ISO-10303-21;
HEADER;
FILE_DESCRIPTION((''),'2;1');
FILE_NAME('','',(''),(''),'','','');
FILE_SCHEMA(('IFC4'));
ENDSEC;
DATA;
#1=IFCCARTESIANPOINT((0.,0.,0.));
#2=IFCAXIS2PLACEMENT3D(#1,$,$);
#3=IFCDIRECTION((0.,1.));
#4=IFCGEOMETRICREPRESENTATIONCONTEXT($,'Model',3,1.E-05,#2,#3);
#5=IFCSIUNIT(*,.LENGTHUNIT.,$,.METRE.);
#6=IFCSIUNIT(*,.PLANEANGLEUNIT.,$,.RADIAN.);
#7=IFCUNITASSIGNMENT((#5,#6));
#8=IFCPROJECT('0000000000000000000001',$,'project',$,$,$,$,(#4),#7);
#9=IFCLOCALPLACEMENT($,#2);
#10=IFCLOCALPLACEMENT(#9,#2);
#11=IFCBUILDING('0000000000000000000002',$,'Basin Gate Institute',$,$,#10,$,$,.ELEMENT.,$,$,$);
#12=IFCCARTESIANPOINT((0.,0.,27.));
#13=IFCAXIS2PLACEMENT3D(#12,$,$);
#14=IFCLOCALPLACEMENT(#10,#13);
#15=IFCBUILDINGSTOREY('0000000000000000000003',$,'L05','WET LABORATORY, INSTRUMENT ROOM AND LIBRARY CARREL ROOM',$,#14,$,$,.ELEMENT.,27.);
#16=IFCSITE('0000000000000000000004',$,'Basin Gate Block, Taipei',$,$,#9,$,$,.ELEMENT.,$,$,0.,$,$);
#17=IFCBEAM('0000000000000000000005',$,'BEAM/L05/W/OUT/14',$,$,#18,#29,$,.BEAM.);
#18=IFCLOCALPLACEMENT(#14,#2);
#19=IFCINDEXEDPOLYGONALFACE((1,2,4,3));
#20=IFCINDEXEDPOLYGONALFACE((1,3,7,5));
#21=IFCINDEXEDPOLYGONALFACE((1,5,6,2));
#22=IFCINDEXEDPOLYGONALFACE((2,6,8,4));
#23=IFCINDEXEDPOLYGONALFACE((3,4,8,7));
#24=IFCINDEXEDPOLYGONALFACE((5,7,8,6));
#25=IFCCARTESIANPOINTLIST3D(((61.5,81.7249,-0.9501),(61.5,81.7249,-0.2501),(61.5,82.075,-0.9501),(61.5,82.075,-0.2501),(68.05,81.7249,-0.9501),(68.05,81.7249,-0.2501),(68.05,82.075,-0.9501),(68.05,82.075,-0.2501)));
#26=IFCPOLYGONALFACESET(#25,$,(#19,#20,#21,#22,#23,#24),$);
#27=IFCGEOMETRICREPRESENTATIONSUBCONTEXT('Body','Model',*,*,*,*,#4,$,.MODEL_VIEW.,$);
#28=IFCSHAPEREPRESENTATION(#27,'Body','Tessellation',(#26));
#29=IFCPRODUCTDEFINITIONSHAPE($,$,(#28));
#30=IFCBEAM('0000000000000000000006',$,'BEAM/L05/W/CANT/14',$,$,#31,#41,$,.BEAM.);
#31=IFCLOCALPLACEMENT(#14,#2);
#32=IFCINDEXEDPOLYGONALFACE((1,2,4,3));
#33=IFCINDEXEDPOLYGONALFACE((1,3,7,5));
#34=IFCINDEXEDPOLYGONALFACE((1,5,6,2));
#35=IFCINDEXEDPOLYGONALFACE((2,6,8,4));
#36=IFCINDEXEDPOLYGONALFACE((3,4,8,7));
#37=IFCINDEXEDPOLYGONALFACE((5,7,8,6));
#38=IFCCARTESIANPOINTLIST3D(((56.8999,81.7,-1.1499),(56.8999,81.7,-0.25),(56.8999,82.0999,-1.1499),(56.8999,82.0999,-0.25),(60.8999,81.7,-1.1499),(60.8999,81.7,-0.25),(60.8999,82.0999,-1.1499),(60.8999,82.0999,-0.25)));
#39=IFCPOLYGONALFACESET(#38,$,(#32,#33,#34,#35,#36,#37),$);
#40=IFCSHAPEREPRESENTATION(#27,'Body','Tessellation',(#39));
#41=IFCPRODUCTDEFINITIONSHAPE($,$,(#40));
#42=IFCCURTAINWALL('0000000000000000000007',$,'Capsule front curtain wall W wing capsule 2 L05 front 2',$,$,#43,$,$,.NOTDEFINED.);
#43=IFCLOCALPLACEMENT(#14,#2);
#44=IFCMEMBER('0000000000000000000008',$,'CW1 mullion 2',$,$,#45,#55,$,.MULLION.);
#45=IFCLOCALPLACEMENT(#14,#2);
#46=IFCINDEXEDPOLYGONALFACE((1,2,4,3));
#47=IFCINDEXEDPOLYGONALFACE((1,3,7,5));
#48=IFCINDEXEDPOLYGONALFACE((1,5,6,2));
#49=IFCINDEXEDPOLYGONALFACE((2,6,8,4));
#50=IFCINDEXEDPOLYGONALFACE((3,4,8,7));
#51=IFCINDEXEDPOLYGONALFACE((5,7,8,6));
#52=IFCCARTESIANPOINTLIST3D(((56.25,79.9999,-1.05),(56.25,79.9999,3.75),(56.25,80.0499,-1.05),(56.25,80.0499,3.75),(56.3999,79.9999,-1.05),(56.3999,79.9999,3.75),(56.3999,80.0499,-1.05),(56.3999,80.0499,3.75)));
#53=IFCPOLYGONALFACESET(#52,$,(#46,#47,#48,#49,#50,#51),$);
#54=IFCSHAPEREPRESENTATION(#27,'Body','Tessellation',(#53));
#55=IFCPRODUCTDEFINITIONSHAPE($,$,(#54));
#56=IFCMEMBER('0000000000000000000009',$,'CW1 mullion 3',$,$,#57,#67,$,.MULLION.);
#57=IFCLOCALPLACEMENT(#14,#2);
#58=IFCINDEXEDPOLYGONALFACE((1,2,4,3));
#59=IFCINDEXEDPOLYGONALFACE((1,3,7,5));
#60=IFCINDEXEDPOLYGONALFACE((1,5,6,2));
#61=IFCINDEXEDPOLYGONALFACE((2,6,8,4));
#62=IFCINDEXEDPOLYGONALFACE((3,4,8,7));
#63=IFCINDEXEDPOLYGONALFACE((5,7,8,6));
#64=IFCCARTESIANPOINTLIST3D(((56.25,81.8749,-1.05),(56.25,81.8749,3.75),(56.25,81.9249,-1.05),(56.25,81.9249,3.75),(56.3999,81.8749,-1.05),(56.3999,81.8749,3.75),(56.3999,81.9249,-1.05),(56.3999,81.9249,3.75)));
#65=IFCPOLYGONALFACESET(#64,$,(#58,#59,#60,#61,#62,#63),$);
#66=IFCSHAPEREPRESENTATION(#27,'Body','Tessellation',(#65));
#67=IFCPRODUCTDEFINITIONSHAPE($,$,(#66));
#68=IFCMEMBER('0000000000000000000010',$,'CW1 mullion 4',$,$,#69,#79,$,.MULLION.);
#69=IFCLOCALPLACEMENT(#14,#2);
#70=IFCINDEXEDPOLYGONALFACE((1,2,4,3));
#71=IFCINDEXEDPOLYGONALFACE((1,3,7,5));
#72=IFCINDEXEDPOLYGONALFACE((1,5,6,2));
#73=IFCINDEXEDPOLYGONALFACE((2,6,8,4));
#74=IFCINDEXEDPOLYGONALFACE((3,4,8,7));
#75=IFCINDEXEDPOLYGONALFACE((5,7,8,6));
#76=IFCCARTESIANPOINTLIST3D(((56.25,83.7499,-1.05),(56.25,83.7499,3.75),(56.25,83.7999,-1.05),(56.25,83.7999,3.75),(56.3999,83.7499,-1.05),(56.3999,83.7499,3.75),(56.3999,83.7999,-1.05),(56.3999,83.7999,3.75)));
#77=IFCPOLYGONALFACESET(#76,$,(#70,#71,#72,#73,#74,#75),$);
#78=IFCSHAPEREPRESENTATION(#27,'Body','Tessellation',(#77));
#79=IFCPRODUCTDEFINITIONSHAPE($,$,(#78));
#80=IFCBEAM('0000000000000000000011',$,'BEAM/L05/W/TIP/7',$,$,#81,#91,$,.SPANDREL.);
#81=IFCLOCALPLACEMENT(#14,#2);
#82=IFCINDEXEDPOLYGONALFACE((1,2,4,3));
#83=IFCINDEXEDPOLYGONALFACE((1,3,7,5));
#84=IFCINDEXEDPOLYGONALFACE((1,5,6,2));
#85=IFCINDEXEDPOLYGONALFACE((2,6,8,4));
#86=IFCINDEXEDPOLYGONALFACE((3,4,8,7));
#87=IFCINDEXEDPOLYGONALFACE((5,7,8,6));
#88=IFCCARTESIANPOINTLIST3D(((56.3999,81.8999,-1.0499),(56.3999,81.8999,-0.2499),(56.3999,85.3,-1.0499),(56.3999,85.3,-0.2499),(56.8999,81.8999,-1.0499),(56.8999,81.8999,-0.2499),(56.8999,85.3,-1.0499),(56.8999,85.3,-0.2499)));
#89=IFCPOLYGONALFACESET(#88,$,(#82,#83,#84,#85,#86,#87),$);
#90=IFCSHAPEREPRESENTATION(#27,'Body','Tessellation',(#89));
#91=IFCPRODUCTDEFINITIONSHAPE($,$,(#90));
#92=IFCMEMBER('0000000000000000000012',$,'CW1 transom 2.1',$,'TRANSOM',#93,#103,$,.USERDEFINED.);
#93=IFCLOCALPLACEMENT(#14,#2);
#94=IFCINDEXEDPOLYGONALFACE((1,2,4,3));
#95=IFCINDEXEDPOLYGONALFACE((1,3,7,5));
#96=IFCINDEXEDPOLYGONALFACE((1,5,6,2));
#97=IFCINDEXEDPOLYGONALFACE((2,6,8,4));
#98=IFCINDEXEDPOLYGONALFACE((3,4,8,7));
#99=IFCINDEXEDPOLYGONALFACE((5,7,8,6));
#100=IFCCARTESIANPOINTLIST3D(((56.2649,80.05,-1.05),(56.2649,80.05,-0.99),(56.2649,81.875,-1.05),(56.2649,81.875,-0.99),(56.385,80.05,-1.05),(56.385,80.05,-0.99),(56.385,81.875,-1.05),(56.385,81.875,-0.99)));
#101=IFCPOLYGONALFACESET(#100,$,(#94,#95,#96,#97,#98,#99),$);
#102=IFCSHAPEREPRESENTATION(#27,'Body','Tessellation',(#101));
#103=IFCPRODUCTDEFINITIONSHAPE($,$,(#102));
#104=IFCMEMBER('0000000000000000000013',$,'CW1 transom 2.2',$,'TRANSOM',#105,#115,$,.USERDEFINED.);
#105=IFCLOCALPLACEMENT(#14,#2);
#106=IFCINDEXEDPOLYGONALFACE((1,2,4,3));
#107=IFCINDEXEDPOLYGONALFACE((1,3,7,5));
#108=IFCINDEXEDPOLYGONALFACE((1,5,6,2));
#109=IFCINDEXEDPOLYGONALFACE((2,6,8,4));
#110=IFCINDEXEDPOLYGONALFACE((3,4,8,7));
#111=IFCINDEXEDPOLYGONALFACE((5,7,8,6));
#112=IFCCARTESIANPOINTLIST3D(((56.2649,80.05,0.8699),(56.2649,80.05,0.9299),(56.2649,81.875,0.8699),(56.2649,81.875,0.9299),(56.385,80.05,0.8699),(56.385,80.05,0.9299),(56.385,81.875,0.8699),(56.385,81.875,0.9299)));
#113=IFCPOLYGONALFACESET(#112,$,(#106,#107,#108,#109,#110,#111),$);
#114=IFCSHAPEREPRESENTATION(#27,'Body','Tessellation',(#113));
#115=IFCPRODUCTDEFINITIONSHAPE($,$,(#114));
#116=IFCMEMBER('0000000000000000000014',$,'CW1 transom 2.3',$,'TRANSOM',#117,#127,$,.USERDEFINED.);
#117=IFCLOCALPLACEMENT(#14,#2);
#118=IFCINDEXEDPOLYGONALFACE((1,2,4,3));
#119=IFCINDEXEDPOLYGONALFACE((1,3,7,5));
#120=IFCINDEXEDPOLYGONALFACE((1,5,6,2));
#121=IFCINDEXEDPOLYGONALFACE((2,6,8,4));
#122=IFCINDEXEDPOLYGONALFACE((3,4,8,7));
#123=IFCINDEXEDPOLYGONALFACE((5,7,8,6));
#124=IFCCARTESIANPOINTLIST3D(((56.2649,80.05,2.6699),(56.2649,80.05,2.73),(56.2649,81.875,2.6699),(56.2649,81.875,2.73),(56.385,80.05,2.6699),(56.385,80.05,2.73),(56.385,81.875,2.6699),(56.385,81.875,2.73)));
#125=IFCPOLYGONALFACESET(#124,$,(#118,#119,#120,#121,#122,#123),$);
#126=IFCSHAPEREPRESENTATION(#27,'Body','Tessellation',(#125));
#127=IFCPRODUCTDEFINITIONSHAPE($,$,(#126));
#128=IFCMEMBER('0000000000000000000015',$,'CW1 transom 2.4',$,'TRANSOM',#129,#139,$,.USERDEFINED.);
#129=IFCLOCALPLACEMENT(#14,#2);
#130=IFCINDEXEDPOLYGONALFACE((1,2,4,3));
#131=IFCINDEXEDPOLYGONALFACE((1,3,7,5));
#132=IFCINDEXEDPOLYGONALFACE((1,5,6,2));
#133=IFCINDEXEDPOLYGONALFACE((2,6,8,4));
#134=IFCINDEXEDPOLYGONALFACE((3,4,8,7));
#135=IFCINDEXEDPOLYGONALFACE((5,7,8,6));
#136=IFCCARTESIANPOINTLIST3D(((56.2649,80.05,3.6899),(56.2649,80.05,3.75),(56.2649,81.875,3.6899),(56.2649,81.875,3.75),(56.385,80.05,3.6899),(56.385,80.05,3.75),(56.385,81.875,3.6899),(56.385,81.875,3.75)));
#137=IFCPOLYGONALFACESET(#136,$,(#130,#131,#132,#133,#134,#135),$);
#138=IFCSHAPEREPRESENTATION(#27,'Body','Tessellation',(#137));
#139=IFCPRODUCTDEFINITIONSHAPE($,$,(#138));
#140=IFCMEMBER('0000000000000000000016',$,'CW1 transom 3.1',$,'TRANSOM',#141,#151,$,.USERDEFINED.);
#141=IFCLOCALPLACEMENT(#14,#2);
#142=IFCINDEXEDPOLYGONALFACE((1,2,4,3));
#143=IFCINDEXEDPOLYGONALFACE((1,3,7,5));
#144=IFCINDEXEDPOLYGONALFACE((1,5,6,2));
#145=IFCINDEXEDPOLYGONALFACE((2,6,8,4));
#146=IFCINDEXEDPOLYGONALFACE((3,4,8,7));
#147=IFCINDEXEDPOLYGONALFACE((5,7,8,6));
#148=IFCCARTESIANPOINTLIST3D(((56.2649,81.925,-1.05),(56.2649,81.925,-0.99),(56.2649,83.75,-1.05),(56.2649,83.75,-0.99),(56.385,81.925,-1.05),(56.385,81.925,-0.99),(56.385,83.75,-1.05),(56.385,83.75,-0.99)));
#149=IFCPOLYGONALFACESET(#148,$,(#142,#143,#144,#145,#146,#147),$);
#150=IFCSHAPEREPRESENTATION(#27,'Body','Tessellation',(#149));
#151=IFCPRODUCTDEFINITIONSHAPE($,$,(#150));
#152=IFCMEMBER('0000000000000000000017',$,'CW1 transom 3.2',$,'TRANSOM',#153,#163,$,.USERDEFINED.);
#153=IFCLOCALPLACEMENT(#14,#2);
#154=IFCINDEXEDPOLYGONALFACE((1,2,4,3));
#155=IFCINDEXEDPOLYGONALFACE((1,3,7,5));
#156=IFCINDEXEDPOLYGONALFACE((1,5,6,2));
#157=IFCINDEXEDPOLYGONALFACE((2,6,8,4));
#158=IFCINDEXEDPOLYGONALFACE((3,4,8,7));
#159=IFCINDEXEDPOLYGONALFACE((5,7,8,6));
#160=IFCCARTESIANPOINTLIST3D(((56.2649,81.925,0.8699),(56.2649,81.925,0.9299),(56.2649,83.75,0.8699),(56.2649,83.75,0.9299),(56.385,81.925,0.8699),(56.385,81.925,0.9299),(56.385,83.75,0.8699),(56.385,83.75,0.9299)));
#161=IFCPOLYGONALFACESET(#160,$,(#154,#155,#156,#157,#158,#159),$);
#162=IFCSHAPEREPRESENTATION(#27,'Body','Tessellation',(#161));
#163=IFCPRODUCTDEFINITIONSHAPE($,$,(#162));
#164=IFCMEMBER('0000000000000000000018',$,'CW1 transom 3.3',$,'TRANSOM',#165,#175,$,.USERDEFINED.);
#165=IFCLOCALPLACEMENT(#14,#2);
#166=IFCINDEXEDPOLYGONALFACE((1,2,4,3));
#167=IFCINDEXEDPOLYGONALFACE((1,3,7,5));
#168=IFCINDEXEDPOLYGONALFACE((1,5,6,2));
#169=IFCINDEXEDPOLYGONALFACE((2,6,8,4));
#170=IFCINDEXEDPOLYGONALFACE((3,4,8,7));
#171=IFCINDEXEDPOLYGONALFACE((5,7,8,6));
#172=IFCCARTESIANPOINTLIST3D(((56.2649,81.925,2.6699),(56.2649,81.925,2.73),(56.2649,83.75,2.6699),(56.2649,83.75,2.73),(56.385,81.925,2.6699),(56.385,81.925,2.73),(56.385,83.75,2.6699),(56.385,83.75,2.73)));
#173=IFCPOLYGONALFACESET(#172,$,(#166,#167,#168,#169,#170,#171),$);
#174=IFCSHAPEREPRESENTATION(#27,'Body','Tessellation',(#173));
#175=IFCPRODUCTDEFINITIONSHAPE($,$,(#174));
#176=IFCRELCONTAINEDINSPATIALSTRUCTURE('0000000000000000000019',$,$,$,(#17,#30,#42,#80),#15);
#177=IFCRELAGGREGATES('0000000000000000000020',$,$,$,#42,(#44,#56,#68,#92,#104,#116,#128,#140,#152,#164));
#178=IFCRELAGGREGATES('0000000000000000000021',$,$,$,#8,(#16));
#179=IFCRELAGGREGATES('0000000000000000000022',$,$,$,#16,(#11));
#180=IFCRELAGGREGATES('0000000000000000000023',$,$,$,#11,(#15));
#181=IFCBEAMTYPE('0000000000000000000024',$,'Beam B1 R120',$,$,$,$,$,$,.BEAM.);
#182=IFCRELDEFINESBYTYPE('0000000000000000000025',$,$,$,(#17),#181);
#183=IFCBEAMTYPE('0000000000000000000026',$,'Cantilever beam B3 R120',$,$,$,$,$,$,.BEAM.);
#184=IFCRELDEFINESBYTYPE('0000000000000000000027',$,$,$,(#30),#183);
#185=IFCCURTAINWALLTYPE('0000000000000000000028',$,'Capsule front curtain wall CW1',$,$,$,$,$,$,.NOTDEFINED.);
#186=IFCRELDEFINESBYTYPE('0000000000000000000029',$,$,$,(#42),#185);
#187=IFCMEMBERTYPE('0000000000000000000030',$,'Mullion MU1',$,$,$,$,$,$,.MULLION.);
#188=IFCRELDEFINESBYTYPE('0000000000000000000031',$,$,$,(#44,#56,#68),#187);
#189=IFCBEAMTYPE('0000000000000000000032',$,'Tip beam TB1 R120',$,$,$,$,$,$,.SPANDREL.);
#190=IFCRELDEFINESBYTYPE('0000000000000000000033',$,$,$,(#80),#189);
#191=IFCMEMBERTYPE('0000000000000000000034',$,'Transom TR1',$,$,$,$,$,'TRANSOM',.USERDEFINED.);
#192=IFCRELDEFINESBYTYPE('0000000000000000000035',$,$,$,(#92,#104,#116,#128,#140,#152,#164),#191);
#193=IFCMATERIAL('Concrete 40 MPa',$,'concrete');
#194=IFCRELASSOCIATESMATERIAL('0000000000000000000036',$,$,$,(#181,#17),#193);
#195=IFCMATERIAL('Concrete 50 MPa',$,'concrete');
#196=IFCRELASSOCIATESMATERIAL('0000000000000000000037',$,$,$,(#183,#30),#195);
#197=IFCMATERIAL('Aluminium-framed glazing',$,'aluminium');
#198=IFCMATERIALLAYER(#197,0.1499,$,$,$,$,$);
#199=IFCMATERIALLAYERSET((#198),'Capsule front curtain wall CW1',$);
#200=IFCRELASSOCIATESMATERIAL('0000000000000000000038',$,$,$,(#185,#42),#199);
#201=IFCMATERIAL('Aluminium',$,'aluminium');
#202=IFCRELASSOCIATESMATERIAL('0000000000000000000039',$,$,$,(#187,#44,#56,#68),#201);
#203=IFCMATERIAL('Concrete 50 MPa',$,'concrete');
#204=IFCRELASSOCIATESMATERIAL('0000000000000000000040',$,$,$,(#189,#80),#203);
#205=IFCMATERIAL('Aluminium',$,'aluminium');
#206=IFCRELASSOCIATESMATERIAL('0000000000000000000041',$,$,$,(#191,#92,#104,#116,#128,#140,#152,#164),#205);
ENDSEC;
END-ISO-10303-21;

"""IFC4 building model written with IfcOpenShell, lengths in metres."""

from ifc_helpers import new_model, si_unit, direction, frame, origin, origin_2d, place, context, subcontext, project, spatial, rectangle, extrude, material, layer, layer_set, material_profile, profile_set, type_object, element, aggregate, save


model = new_model("IFC4")

# Units and contexts
model_context = context("Model", 3, precision=1e-05, world=origin(), true_north=direction((0.0, 1.0)))
body_context = subcontext(model_context, "Body", "Model", "MODEL_VIEW")
ifc_project = project(units=[si_unit("LENGTHUNIT", "METRE"), si_unit("PLANEANGLEUNIT", "RADIAN")], contexts=[model_context])

# Site, building, storey
site_placement = place(None, origin())
site = spatial("IfcSite", under=ifc_project, at=site_placement, Name="Basin Gate Block, Taipei", CompositionType="ELEMENT", RefElevation=0.0)
building_placement = place(site_placement, origin())
building = spatial("IfcBuilding", under=site, at=building_placement, Name="Basin Gate Institute", CompositionType="ELEMENT")
storey_placement = place(building_placement, frame((0.0, 0.0, 27.0)))
storey = spatial("IfcBuildingStorey", under=building, at=storey_placement, Name="L05", Description="WET LABORATORY, INSTRUMENT ROOM AND LIBRARY CARREL ROOM", CompositionType="ELEMENT", Elevation=27.0)

# Beams
ifc_material_1 = material(Name="Concrete 40 MPa", Category="concrete")
ifc_material_profile_1 = material_profile(ifc_material_1, rectangle(XDim=0.3501, YDim=0.7, at=origin_2d()), Name="Beam B1 350 x 700")
ifc_profile_set_1 = profile_set([ifc_material_profile_1], Name="Concrete 40 MPa")
beam_type_1 = type_object("IfcBeamType", Name="Beam B1 R120", PredefinedType="BEAM", material=ifc_profile_set_1)
beam_1_placement = place(storey_placement, frame((61.5, 81.8999, -0.6001), z_axis=(1.0, 0.0, 0.0), x_axis=(0.0, 1.0, 0.0)))
element("IfcBeam", 1, at=beam_1_placement, inside=storey, type_object=beam_type_1, material=ifc_profile_set_1, Name="BEAM/L05/W/OUT/14", PredefinedType="BEAM", context=body_context, shape_type="SweptSolid", body=[
    extrude(rectangle(XDim=0.3501, YDim=0.7, at=origin_2d()), origin(), (0.0, 0.0, 1.0), 6.55),
])
ifc_material_2 = material(Name="Concrete 50 MPa", Category="concrete")
ifc_material_profile_2 = material_profile(ifc_material_2, rectangle(XDim=0.3999, YDim=0.8999, at=origin_2d()), Name="Cantilever beam B3 400 x 900")
ifc_profile_set_2 = profile_set([ifc_material_profile_2], Name="Concrete 50 MPa")
beam_type_2 = type_object("IfcBeamType", Name="Cantilever beam B3 R120", PredefinedType="BEAM", material=ifc_profile_set_2)
beam_2_placement = place(storey_placement, frame((56.8999, 81.8999, -0.7), z_axis=(1.0, 0.0, 0.0), x_axis=(0.0, 1.0, 0.0)))
element("IfcBeam", 2, at=beam_2_placement, inside=storey, type_object=beam_type_2, material=ifc_profile_set_2, Name="BEAM/L05/W/CANT/14", PredefinedType="BEAM", context=body_context, shape_type="SweptSolid", body=[
    extrude(rectangle(XDim=0.3999, YDim=0.8999, at=origin_2d()), origin(), (0.0, 0.0, 1.0), 4.0),
])

# Curtain wall, members
ifc_material_3 = material(Name="Aluminium-framed glazing", Category="aluminium")
ifc_layer_1 = layer(ifc_material_3, 0.1499)
ifc_layer_set_1 = layer_set([ifc_layer_1], Name="Capsule front curtain wall CW1")
curtain_wall_type = type_object("IfcCurtainWallType", Name="Capsule front curtain wall CW1", PredefinedType="NOTDEFINED", material=ifc_layer_set_1)
curtain_wall_placement = place(storey_placement, origin())
curtain_wall = element("IfcCurtainWall", 3, at=curtain_wall_placement, inside=storey, type_object=curtain_wall_type, material=ifc_layer_set_1, Name="Capsule front curtain wall W wing capsule 2 L05 front 2", PredefinedType="NOTDEFINED")
ifc_material_4 = material(Name="Aluminium", Category="aluminium")
ifc_material_profile_3 = material_profile(ifc_material_4, rectangle(XDim=0.1499, YDim=0.05, at=origin_2d()), Name="Mullion MU1 150 x 50")
ifc_profile_set_3 = profile_set([ifc_material_profile_3], Name="Aluminium")
member_type_1 = type_object("IfcMemberType", Name="Mullion MU1", PredefinedType="MULLION", material=ifc_profile_set_3)
member_1_placement = place(storey_placement, frame((56.325, 80.0249, -1.05), z_axis=(0.0, 0.0, 1.0), x_axis=(-1.0, 0.0, 0.0)))
member_1 = element("IfcMember", 4, at=member_1_placement, type_object=member_type_1, material=ifc_profile_set_3, Name="CW1 mullion 2", PredefinedType="MULLION", context=body_context, shape_type="SweptSolid", body=[
    extrude(rectangle(XDim=0.1499, YDim=0.05, at=origin_2d()), origin(), (0.0, 0.0, 1.0), 4.8),
])
member_2_placement = place(storey_placement, frame((56.325, 81.8999, -1.05), z_axis=(0.0, 0.0, 1.0), x_axis=(-1.0, 0.0, 0.0)))
member_2 = element("IfcMember", 5, at=member_2_placement, type_object=member_type_1, material=ifc_profile_set_3, Name="CW1 mullion 3", PredefinedType="MULLION", context=body_context, shape_type="SweptSolid", body=[
    extrude(rectangle(XDim=0.1499, YDim=0.05, at=origin_2d()), origin(), (0.0, 0.0, 1.0), 4.8),
])
member_3_placement = place(storey_placement, frame((56.325, 83.7749, -1.05), z_axis=(0.0, 0.0, 1.0), x_axis=(-1.0, 0.0, 0.0)))
member_3 = element("IfcMember", 6, at=member_3_placement, type_object=member_type_1, material=ifc_profile_set_3, Name="CW1 mullion 4", PredefinedType="MULLION", context=body_context, shape_type="SweptSolid", body=[
    extrude(rectangle(XDim=0.1499, YDim=0.05, at=origin_2d()), origin(), (0.0, 0.0, 1.0), 4.8),
])

# Beam
ifc_material_5 = material(Name="Concrete 50 MPa", Category="concrete")
ifc_material_profile_4 = material_profile(ifc_material_5, rectangle(XDim=0.5, YDim=0.8, at=origin_2d()), Name="Tip beam TB1 500 x 800")
ifc_profile_set_4 = profile_set([ifc_material_profile_4], Name="Concrete 50 MPa")
beam_type_3 = type_object("IfcBeamType", Name="Tip beam TB1 R120", PredefinedType="SPANDREL", material=ifc_profile_set_4)
beam_3_placement = place(storey_placement, frame((56.6499, 81.8999, -0.6499), z_axis=(0.0, 1.0, 0.0), x_axis=(-1.0, 0.0, 0.0)))
element("IfcBeam", 7, at=beam_3_placement, inside=storey, type_object=beam_type_3, material=ifc_profile_set_4, Name="BEAM/L05/W/TIP/7", PredefinedType="SPANDREL", context=body_context, shape_type="SweptSolid", body=[
    extrude(rectangle(XDim=0.5, YDim=0.8, at=origin_2d()), origin(), (0.0, 0.0, 1.0), 3.4001),
])

# Members
ifc_material_6 = material(Name="Aluminium", Category="aluminium")
ifc_material_profile_5 = material_profile(ifc_material_6, rectangle(XDim=0.1201, YDim=0.0601, at=origin_2d()), Name="Transom TR1 120 x 60")
ifc_profile_set_5 = profile_set([ifc_material_profile_5], Name="Aluminium")
member_type_2 = type_object("IfcMemberType", Name="Transom TR1", ElementType="TRANSOM", PredefinedType="USERDEFINED", material=ifc_profile_set_5)
member_4_placement = place(storey_placement, frame((56.325, 80.05, -1.02), z_axis=(0.0, 1.0, 0.0), x_axis=(-1.0, 0.0, 0.0)))
member_4 = element("IfcMember", 8, at=member_4_placement, type_object=member_type_2, material=ifc_profile_set_5, Name="CW1 transom 2.1", ObjectType="TRANSOM", PredefinedType="USERDEFINED", context=body_context, shape_type="SweptSolid", body=[
    extrude(rectangle(XDim=0.1201, YDim=0.0601, at=origin_2d()), origin(), (0.0, 0.0, 1.0), 1.825),
])
member_5_placement = place(storey_placement, frame((56.325, 80.05, 0.8999), z_axis=(0.0, 1.0, 0.0), x_axis=(-1.0, 0.0, 0.0)))
member_5 = element("IfcMember", 9, at=member_5_placement, type_object=member_type_2, material=ifc_profile_set_5, Name="CW1 transom 2.2", ObjectType="TRANSOM", PredefinedType="USERDEFINED", context=body_context, shape_type="SweptSolid", body=[
    extrude(rectangle(XDim=0.1201, YDim=0.0601, at=origin_2d()), origin(), (0.0, 0.0, 1.0), 1.825),
])
member_6_placement = place(storey_placement, frame((56.325, 80.05, 2.7), z_axis=(0.0, 1.0, 0.0), x_axis=(-1.0, 0.0, 0.0)))
member_6 = element("IfcMember", 10, at=member_6_placement, type_object=member_type_2, material=ifc_profile_set_5, Name="CW1 transom 2.3", ObjectType="TRANSOM", PredefinedType="USERDEFINED", context=body_context, shape_type="SweptSolid", body=[
    extrude(rectangle(XDim=0.1201, YDim=0.0601, at=origin_2d()), origin(), (0.0, 0.0, 1.0), 1.825),
])
member_7_placement = place(storey_placement, frame((56.325, 80.05, 3.72), z_axis=(0.0, 1.0, 0.0), x_axis=(-1.0, 0.0, 0.0)))
member_7 = element("IfcMember", 11, at=member_7_placement, type_object=member_type_2, material=ifc_profile_set_5, Name="CW1 transom 2.4", ObjectType="TRANSOM", PredefinedType="USERDEFINED", context=body_context, shape_type="SweptSolid", body=[
    extrude(rectangle(XDim=0.1201, YDim=0.0601, at=origin_2d()), origin(), (0.0, 0.0, 1.0), 1.825),
])
member_8_placement = place(storey_placement, frame((56.325, 81.925, -1.02), z_axis=(0.0, 1.0, 0.0), x_axis=(-1.0, 0.0, 0.0)))
member_8 = element("IfcMember", 12, at=member_8_placement, type_object=member_type_2, material=ifc_profile_set_5, Name="CW1 transom 3.1", ObjectType="TRANSOM", PredefinedType="USERDEFINED", context=body_context, shape_type="SweptSolid", body=[
    extrude(rectangle(XDim=0.1201, YDim=0.0601, at=origin_2d()), origin(), (0.0, 0.0, 1.0), 1.825),
])
member_9_placement = place(storey_placement, frame((56.325, 81.925, 0.8999), z_axis=(0.0, 1.0, 0.0), x_axis=(-1.0, 0.0, 0.0)))
member_9 = element("IfcMember", 13, at=member_9_placement, type_object=member_type_2, material=ifc_profile_set_5, Name="CW1 transom 3.2", ObjectType="TRANSOM", PredefinedType="USERDEFINED", context=body_context, shape_type="SweptSolid", body=[
    extrude(rectangle(XDim=0.1201, YDim=0.0601, at=origin_2d()), origin(), (0.0, 0.0, 1.0), 1.825),
])
member_10_placement = place(storey_placement, frame((56.325, 81.925, 2.7), z_axis=(0.0, 1.0, 0.0), x_axis=(-1.0, 0.0, 0.0)))
member_10 = element("IfcMember", 14, at=member_10_placement, type_object=member_type_2, material=ifc_profile_set_5, Name="CW1 transom 3.3", ObjectType="TRANSOM", PredefinedType="USERDEFINED", context=body_context, shape_type="SweptSolid", body=[
    extrude(rectangle(XDim=0.1201, YDim=0.0601, at=origin_2d()), origin(), (0.0, 0.0, 1.0), 1.825),
])

aggregate(curtain_wall, [member_1, member_2, member_3, member_4, member_5, member_6, member_7, member_8, member_9, member_10])

save(model, "model.ifc")
